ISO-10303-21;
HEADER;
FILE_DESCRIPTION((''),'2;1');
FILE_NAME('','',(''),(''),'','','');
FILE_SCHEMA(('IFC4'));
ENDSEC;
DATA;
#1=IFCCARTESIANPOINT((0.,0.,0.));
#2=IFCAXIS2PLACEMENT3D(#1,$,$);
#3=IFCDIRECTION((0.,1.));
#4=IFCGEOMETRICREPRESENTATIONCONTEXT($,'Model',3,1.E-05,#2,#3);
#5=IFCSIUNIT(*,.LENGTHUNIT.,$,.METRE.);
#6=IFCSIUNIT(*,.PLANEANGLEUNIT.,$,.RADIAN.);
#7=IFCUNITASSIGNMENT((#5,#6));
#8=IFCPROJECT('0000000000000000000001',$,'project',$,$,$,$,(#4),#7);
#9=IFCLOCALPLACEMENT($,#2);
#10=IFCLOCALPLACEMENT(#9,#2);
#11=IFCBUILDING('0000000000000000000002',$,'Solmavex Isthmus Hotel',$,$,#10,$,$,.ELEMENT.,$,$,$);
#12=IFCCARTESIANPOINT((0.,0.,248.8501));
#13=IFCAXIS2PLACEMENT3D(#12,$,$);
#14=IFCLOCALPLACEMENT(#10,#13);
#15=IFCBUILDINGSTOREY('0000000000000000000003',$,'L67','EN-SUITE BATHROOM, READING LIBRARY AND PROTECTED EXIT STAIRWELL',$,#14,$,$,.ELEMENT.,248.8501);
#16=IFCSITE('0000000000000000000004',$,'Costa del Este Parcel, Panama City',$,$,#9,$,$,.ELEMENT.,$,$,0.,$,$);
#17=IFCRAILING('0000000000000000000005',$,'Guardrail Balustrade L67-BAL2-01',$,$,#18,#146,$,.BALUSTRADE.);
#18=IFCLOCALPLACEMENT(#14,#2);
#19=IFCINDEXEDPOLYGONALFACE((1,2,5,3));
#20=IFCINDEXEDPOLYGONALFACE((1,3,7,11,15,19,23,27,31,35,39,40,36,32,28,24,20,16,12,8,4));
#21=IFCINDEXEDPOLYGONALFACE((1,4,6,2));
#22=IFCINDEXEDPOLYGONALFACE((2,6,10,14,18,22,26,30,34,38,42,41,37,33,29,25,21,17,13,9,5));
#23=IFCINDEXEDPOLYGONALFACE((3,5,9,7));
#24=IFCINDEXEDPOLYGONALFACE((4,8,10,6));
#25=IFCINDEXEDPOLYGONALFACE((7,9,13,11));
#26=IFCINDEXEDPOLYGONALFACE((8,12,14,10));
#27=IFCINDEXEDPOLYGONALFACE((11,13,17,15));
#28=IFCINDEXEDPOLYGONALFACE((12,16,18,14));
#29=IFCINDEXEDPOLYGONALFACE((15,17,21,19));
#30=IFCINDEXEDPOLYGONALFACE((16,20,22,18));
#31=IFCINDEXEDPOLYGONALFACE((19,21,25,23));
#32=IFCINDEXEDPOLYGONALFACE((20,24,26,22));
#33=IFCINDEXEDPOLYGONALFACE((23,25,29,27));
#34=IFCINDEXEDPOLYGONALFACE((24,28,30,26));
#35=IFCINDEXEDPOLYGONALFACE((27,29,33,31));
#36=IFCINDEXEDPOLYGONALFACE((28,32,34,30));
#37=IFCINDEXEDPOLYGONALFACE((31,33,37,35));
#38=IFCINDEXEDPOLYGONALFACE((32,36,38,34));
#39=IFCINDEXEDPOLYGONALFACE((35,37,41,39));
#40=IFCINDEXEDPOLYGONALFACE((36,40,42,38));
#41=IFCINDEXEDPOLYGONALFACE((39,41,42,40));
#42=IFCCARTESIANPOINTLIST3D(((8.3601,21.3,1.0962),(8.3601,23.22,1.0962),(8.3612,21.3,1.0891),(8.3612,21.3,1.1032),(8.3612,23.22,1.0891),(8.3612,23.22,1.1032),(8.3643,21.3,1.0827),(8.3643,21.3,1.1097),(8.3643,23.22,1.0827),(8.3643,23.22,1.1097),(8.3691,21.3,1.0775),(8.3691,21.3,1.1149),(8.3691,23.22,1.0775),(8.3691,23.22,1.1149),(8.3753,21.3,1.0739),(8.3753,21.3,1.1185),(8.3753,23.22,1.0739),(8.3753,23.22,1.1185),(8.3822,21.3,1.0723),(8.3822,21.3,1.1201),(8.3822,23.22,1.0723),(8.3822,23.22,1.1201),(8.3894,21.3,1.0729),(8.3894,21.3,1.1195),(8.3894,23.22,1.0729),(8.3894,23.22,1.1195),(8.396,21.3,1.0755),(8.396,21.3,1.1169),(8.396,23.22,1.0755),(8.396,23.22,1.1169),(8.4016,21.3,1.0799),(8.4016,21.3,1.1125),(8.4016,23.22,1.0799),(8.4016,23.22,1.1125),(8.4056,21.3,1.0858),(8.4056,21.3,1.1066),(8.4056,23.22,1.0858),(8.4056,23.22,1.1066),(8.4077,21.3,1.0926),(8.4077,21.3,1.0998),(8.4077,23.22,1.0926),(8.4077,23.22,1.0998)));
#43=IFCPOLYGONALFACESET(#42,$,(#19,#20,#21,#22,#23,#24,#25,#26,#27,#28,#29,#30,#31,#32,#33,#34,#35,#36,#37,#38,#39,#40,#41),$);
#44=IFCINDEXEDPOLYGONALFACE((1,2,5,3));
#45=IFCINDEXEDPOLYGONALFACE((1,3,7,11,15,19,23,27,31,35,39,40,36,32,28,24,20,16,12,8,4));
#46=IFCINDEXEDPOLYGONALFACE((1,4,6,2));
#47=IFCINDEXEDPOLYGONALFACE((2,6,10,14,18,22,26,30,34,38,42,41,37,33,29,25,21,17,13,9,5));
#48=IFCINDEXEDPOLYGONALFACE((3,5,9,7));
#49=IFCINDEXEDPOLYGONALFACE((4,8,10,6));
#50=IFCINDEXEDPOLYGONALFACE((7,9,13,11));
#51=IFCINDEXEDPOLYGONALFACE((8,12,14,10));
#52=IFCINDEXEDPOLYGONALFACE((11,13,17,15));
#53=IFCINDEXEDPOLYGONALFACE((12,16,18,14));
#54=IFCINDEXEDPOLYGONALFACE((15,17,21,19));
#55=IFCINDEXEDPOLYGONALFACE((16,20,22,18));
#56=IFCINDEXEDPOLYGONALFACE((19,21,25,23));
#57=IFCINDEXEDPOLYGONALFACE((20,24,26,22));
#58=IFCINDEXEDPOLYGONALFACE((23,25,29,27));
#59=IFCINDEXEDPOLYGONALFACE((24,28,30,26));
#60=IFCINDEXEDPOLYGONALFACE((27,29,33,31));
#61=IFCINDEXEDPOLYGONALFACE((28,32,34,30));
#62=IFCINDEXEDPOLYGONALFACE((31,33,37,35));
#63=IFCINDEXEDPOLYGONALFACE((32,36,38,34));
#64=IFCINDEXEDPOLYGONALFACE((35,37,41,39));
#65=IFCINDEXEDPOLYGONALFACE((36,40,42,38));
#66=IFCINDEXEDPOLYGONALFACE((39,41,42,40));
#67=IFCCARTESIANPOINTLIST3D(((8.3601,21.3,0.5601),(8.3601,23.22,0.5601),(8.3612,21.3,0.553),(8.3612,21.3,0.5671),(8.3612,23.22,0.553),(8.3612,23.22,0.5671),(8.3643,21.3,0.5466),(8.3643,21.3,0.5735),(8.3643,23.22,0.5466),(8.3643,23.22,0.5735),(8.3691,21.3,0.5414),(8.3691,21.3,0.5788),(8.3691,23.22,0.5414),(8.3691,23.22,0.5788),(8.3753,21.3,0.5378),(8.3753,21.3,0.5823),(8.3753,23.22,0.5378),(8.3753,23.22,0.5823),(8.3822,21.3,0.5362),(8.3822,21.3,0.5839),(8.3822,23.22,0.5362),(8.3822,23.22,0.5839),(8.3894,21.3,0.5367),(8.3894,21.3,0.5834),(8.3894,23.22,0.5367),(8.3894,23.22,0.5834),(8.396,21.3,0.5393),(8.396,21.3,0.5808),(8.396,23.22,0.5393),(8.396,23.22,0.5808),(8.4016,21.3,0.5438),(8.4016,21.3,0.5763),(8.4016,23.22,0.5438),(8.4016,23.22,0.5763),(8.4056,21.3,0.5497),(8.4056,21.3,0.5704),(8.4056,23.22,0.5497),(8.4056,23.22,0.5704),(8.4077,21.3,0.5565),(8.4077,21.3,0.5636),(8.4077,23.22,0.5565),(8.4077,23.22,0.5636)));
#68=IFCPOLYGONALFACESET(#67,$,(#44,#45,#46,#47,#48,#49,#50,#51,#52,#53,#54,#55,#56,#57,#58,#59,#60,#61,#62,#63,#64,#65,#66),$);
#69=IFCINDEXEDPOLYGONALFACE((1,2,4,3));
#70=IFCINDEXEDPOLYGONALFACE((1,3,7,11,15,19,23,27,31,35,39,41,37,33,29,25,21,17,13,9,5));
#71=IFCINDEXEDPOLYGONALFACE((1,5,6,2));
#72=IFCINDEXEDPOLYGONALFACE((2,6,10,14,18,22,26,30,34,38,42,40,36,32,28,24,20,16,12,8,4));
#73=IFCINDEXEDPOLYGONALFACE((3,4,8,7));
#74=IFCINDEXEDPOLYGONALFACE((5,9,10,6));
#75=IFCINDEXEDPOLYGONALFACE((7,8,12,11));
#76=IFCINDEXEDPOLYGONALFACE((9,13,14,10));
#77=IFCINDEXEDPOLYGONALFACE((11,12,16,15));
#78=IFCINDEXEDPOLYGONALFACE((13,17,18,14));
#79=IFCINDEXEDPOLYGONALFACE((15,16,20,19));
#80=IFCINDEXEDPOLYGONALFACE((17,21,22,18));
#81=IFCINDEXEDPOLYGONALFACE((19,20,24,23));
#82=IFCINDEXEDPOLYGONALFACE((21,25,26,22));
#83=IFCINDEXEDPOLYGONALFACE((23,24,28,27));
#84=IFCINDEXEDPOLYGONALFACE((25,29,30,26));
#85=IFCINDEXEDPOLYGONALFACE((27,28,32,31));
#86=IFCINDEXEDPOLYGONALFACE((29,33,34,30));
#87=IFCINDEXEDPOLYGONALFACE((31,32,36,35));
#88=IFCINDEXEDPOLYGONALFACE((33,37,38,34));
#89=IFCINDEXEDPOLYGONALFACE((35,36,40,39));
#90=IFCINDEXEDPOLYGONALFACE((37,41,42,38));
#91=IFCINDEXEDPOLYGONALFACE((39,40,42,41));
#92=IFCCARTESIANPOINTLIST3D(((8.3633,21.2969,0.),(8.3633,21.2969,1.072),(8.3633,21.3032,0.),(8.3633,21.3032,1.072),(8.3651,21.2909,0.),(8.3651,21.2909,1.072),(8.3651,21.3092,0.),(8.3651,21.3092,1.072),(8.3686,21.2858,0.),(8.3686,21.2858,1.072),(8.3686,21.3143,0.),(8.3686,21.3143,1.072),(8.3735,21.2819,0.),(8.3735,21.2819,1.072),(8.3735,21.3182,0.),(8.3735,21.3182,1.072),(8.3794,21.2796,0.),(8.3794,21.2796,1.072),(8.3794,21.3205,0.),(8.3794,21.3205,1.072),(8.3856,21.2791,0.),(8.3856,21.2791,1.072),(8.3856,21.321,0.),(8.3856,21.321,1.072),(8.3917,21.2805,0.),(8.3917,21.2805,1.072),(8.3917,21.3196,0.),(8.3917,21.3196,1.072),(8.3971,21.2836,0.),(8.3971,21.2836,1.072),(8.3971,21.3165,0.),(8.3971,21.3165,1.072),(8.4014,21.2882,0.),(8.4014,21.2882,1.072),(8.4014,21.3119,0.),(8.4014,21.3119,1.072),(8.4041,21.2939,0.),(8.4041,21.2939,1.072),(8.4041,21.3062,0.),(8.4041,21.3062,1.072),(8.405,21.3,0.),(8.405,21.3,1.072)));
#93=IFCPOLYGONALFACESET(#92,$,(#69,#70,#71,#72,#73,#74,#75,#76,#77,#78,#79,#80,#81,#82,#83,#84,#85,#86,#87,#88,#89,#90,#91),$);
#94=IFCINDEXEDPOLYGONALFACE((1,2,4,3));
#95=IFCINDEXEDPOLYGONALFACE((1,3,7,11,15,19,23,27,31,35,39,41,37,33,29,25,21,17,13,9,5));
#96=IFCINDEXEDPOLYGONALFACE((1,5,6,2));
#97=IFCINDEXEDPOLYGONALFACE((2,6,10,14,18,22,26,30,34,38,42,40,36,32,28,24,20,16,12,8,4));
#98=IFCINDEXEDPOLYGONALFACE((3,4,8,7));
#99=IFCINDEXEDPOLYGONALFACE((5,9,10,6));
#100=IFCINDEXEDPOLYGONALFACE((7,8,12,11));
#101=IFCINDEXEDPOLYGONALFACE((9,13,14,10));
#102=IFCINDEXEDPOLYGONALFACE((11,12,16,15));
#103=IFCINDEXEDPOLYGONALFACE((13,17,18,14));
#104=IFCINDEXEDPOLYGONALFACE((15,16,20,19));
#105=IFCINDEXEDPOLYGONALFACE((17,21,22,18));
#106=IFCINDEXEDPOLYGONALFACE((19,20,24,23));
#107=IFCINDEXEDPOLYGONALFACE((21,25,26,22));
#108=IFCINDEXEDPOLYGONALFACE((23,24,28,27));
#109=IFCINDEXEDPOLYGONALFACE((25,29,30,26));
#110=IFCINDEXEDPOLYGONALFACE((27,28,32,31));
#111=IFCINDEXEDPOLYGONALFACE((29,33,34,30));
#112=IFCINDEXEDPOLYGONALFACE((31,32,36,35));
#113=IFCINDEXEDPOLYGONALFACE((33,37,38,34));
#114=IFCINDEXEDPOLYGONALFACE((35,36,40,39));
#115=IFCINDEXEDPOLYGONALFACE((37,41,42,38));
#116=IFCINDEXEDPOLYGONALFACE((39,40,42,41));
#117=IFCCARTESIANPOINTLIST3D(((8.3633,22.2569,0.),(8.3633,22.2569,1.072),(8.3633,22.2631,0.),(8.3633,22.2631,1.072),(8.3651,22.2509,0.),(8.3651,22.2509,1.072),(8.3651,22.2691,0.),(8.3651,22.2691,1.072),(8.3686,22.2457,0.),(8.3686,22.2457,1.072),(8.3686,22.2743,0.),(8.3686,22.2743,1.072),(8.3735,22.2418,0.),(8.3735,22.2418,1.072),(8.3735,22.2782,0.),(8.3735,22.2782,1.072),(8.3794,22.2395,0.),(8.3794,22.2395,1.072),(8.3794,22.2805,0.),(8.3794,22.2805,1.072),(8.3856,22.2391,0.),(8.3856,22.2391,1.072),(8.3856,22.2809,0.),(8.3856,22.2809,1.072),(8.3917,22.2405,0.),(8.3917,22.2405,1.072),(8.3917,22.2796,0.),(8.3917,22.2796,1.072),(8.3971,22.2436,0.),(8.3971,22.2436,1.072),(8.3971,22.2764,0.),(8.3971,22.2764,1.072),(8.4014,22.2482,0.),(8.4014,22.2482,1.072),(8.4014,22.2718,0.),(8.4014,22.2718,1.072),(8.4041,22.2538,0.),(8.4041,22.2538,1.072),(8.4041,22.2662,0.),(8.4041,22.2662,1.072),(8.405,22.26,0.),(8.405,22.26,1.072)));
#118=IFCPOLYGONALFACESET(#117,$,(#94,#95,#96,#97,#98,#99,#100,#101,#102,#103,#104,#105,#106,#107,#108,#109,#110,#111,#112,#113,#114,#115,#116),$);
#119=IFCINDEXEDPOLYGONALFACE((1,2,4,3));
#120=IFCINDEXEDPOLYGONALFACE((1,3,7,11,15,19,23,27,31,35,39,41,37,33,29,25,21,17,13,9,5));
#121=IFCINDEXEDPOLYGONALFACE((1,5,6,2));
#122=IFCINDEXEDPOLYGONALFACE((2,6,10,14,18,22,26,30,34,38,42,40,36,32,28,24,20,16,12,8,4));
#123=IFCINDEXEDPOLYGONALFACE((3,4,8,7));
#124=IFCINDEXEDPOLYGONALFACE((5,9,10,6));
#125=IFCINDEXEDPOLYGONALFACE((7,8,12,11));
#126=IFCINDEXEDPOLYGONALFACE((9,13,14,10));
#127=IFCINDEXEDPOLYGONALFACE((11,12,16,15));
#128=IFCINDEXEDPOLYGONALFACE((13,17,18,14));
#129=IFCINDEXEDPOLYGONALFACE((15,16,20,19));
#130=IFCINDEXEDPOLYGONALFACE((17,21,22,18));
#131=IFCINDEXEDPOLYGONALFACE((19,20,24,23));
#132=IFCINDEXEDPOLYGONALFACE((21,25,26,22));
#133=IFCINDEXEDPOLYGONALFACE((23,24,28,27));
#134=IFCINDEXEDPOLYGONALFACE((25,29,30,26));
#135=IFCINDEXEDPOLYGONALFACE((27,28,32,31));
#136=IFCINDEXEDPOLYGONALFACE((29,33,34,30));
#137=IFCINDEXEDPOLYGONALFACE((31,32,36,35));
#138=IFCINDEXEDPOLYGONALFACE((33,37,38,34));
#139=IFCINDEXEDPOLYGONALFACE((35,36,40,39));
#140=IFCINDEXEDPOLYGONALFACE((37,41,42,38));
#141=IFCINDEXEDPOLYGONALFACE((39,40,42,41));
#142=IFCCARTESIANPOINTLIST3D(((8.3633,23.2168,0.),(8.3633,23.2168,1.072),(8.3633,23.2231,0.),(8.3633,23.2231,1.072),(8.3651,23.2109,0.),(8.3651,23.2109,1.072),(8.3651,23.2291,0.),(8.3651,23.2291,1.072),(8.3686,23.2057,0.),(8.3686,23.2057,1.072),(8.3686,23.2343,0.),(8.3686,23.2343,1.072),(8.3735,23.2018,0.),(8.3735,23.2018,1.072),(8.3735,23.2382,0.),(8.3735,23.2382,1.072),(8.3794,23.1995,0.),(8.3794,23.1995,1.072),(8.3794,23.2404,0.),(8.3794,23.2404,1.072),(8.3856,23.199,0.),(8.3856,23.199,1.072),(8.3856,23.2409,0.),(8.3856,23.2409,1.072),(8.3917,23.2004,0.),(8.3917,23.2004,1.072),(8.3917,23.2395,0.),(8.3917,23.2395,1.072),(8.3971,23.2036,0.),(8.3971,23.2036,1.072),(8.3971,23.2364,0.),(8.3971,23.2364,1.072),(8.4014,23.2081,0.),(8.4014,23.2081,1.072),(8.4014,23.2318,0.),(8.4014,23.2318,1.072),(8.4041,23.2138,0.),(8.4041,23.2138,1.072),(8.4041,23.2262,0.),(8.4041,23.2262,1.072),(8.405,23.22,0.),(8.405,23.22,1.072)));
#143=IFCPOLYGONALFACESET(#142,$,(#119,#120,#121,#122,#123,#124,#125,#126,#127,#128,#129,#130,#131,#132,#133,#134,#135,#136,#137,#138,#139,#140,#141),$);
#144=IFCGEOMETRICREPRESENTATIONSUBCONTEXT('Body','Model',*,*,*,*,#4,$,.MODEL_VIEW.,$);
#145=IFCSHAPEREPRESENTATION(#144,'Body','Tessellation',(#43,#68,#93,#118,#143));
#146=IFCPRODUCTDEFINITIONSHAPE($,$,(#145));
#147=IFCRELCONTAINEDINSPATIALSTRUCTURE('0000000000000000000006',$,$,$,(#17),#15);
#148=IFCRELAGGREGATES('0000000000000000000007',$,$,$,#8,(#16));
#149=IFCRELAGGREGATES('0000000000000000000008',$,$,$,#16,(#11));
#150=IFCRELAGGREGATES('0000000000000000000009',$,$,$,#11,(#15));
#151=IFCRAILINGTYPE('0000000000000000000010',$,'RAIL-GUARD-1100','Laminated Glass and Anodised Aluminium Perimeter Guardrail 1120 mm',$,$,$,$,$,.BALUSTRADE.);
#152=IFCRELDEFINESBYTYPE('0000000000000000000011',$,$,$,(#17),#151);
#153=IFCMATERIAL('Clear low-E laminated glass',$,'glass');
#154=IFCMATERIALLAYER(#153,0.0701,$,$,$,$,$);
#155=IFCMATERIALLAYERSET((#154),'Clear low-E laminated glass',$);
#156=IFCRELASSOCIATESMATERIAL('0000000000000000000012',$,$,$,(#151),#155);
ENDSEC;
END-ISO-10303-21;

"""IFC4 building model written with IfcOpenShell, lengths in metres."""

from ifc_helpers import new_model, si_unit, direction, frame, origin, origin_2d, place, context, subcontext, project, spatial, circle, extrude, material, layer, layer_set, type_object, element, save


model = new_model("IFC4")

# Units and contexts
model_context = context("Model", 3, precision=1e-05, world=origin(), true_north=direction((0.0, 1.0)))
body_context = subcontext(model_context, "Body", "Model", "MODEL_VIEW")
ifc_project = project(units=[si_unit("LENGTHUNIT", "METRE"), si_unit("PLANEANGLEUNIT", "RADIAN")], contexts=[model_context])

# Site, building, storey
site_placement = place(None, origin())
site = spatial("IfcSite", under=ifc_project, at=site_placement, Name="Costa del Este Parcel, Panama City", CompositionType="ELEMENT", RefElevation=0.0)
building_placement = place(site_placement, origin())
building = spatial("IfcBuilding", under=site, at=building_placement, Name="Solmavex Isthmus Hotel", CompositionType="ELEMENT")
storey_placement = place(building_placement, frame((0.0, 0.0, 248.8501)))
storey = spatial("IfcBuildingStorey", under=building, at=storey_placement, Name="L67", Description="EN-SUITE BATHROOM, READING LIBRARY AND PROTECTED EXIT STAIRWELL", CompositionType="ELEMENT", Elevation=248.8501)

# Shared definitions
ifc_material_1 = material(Name="Clear low-E laminated glass", Category="glass")

# Railing
ifc_layer_1 = layer(ifc_material_1, 0.0701)
ifc_layer_set_1 = layer_set([ifc_layer_1], Name="Clear low-E laminated glass")
railing_type = type_object("IfcRailingType", Name="RAIL-GUARD-1100", Description="Laminated Glass and Anodised Aluminium Perimeter Guardrail 1120 mm", PredefinedType="BALUSTRADE", material=ifc_layer_set_1)
railing_1_placement = place(storey_placement, frame((8.384, 21.3, 0.0)))
element("IfcRailing", 1, at=railing_1_placement, inside=storey, type_object=railing_type, Name="Guardrail Balustrade L67-BAL2-01", PredefinedType="BALUSTRADE", context=body_context, shape_type="SweptSolid", body=[
    extrude(circle(Radius=0.0239, at=origin_2d()), frame((0.0, 0.0, 1.0962), z_axis=(0.0, 1.0, 0.0), x_axis=(-1.0, 0.0, 0.0)), (0.0, 0.0, 1.0), 1.9199),
    extrude(circle(Radius=0.0239, at=origin_2d()), frame((0.0, 0.0, 0.5601), z_axis=(0.0, 1.0, 0.0), x_axis=(-1.0, 0.0, 0.0)), (0.0, 0.0, 1.0), 1.9199),
    extrude(circle(Radius=0.021, at=origin_2d()), origin(), (0.0, 0.0, 1.0), 1.072),
    extrude(circle(Radius=0.021, at=origin_2d()), frame((0.0, 0.96, 0.0)), (0.0, 0.0, 1.0), 1.072),
    extrude(circle(Radius=0.021, at=origin_2d()), frame((0.0, 1.9199, 0.0)), (0.0, 0.0, 1.0), 1.072),
])

save(model, "model.ifc")
